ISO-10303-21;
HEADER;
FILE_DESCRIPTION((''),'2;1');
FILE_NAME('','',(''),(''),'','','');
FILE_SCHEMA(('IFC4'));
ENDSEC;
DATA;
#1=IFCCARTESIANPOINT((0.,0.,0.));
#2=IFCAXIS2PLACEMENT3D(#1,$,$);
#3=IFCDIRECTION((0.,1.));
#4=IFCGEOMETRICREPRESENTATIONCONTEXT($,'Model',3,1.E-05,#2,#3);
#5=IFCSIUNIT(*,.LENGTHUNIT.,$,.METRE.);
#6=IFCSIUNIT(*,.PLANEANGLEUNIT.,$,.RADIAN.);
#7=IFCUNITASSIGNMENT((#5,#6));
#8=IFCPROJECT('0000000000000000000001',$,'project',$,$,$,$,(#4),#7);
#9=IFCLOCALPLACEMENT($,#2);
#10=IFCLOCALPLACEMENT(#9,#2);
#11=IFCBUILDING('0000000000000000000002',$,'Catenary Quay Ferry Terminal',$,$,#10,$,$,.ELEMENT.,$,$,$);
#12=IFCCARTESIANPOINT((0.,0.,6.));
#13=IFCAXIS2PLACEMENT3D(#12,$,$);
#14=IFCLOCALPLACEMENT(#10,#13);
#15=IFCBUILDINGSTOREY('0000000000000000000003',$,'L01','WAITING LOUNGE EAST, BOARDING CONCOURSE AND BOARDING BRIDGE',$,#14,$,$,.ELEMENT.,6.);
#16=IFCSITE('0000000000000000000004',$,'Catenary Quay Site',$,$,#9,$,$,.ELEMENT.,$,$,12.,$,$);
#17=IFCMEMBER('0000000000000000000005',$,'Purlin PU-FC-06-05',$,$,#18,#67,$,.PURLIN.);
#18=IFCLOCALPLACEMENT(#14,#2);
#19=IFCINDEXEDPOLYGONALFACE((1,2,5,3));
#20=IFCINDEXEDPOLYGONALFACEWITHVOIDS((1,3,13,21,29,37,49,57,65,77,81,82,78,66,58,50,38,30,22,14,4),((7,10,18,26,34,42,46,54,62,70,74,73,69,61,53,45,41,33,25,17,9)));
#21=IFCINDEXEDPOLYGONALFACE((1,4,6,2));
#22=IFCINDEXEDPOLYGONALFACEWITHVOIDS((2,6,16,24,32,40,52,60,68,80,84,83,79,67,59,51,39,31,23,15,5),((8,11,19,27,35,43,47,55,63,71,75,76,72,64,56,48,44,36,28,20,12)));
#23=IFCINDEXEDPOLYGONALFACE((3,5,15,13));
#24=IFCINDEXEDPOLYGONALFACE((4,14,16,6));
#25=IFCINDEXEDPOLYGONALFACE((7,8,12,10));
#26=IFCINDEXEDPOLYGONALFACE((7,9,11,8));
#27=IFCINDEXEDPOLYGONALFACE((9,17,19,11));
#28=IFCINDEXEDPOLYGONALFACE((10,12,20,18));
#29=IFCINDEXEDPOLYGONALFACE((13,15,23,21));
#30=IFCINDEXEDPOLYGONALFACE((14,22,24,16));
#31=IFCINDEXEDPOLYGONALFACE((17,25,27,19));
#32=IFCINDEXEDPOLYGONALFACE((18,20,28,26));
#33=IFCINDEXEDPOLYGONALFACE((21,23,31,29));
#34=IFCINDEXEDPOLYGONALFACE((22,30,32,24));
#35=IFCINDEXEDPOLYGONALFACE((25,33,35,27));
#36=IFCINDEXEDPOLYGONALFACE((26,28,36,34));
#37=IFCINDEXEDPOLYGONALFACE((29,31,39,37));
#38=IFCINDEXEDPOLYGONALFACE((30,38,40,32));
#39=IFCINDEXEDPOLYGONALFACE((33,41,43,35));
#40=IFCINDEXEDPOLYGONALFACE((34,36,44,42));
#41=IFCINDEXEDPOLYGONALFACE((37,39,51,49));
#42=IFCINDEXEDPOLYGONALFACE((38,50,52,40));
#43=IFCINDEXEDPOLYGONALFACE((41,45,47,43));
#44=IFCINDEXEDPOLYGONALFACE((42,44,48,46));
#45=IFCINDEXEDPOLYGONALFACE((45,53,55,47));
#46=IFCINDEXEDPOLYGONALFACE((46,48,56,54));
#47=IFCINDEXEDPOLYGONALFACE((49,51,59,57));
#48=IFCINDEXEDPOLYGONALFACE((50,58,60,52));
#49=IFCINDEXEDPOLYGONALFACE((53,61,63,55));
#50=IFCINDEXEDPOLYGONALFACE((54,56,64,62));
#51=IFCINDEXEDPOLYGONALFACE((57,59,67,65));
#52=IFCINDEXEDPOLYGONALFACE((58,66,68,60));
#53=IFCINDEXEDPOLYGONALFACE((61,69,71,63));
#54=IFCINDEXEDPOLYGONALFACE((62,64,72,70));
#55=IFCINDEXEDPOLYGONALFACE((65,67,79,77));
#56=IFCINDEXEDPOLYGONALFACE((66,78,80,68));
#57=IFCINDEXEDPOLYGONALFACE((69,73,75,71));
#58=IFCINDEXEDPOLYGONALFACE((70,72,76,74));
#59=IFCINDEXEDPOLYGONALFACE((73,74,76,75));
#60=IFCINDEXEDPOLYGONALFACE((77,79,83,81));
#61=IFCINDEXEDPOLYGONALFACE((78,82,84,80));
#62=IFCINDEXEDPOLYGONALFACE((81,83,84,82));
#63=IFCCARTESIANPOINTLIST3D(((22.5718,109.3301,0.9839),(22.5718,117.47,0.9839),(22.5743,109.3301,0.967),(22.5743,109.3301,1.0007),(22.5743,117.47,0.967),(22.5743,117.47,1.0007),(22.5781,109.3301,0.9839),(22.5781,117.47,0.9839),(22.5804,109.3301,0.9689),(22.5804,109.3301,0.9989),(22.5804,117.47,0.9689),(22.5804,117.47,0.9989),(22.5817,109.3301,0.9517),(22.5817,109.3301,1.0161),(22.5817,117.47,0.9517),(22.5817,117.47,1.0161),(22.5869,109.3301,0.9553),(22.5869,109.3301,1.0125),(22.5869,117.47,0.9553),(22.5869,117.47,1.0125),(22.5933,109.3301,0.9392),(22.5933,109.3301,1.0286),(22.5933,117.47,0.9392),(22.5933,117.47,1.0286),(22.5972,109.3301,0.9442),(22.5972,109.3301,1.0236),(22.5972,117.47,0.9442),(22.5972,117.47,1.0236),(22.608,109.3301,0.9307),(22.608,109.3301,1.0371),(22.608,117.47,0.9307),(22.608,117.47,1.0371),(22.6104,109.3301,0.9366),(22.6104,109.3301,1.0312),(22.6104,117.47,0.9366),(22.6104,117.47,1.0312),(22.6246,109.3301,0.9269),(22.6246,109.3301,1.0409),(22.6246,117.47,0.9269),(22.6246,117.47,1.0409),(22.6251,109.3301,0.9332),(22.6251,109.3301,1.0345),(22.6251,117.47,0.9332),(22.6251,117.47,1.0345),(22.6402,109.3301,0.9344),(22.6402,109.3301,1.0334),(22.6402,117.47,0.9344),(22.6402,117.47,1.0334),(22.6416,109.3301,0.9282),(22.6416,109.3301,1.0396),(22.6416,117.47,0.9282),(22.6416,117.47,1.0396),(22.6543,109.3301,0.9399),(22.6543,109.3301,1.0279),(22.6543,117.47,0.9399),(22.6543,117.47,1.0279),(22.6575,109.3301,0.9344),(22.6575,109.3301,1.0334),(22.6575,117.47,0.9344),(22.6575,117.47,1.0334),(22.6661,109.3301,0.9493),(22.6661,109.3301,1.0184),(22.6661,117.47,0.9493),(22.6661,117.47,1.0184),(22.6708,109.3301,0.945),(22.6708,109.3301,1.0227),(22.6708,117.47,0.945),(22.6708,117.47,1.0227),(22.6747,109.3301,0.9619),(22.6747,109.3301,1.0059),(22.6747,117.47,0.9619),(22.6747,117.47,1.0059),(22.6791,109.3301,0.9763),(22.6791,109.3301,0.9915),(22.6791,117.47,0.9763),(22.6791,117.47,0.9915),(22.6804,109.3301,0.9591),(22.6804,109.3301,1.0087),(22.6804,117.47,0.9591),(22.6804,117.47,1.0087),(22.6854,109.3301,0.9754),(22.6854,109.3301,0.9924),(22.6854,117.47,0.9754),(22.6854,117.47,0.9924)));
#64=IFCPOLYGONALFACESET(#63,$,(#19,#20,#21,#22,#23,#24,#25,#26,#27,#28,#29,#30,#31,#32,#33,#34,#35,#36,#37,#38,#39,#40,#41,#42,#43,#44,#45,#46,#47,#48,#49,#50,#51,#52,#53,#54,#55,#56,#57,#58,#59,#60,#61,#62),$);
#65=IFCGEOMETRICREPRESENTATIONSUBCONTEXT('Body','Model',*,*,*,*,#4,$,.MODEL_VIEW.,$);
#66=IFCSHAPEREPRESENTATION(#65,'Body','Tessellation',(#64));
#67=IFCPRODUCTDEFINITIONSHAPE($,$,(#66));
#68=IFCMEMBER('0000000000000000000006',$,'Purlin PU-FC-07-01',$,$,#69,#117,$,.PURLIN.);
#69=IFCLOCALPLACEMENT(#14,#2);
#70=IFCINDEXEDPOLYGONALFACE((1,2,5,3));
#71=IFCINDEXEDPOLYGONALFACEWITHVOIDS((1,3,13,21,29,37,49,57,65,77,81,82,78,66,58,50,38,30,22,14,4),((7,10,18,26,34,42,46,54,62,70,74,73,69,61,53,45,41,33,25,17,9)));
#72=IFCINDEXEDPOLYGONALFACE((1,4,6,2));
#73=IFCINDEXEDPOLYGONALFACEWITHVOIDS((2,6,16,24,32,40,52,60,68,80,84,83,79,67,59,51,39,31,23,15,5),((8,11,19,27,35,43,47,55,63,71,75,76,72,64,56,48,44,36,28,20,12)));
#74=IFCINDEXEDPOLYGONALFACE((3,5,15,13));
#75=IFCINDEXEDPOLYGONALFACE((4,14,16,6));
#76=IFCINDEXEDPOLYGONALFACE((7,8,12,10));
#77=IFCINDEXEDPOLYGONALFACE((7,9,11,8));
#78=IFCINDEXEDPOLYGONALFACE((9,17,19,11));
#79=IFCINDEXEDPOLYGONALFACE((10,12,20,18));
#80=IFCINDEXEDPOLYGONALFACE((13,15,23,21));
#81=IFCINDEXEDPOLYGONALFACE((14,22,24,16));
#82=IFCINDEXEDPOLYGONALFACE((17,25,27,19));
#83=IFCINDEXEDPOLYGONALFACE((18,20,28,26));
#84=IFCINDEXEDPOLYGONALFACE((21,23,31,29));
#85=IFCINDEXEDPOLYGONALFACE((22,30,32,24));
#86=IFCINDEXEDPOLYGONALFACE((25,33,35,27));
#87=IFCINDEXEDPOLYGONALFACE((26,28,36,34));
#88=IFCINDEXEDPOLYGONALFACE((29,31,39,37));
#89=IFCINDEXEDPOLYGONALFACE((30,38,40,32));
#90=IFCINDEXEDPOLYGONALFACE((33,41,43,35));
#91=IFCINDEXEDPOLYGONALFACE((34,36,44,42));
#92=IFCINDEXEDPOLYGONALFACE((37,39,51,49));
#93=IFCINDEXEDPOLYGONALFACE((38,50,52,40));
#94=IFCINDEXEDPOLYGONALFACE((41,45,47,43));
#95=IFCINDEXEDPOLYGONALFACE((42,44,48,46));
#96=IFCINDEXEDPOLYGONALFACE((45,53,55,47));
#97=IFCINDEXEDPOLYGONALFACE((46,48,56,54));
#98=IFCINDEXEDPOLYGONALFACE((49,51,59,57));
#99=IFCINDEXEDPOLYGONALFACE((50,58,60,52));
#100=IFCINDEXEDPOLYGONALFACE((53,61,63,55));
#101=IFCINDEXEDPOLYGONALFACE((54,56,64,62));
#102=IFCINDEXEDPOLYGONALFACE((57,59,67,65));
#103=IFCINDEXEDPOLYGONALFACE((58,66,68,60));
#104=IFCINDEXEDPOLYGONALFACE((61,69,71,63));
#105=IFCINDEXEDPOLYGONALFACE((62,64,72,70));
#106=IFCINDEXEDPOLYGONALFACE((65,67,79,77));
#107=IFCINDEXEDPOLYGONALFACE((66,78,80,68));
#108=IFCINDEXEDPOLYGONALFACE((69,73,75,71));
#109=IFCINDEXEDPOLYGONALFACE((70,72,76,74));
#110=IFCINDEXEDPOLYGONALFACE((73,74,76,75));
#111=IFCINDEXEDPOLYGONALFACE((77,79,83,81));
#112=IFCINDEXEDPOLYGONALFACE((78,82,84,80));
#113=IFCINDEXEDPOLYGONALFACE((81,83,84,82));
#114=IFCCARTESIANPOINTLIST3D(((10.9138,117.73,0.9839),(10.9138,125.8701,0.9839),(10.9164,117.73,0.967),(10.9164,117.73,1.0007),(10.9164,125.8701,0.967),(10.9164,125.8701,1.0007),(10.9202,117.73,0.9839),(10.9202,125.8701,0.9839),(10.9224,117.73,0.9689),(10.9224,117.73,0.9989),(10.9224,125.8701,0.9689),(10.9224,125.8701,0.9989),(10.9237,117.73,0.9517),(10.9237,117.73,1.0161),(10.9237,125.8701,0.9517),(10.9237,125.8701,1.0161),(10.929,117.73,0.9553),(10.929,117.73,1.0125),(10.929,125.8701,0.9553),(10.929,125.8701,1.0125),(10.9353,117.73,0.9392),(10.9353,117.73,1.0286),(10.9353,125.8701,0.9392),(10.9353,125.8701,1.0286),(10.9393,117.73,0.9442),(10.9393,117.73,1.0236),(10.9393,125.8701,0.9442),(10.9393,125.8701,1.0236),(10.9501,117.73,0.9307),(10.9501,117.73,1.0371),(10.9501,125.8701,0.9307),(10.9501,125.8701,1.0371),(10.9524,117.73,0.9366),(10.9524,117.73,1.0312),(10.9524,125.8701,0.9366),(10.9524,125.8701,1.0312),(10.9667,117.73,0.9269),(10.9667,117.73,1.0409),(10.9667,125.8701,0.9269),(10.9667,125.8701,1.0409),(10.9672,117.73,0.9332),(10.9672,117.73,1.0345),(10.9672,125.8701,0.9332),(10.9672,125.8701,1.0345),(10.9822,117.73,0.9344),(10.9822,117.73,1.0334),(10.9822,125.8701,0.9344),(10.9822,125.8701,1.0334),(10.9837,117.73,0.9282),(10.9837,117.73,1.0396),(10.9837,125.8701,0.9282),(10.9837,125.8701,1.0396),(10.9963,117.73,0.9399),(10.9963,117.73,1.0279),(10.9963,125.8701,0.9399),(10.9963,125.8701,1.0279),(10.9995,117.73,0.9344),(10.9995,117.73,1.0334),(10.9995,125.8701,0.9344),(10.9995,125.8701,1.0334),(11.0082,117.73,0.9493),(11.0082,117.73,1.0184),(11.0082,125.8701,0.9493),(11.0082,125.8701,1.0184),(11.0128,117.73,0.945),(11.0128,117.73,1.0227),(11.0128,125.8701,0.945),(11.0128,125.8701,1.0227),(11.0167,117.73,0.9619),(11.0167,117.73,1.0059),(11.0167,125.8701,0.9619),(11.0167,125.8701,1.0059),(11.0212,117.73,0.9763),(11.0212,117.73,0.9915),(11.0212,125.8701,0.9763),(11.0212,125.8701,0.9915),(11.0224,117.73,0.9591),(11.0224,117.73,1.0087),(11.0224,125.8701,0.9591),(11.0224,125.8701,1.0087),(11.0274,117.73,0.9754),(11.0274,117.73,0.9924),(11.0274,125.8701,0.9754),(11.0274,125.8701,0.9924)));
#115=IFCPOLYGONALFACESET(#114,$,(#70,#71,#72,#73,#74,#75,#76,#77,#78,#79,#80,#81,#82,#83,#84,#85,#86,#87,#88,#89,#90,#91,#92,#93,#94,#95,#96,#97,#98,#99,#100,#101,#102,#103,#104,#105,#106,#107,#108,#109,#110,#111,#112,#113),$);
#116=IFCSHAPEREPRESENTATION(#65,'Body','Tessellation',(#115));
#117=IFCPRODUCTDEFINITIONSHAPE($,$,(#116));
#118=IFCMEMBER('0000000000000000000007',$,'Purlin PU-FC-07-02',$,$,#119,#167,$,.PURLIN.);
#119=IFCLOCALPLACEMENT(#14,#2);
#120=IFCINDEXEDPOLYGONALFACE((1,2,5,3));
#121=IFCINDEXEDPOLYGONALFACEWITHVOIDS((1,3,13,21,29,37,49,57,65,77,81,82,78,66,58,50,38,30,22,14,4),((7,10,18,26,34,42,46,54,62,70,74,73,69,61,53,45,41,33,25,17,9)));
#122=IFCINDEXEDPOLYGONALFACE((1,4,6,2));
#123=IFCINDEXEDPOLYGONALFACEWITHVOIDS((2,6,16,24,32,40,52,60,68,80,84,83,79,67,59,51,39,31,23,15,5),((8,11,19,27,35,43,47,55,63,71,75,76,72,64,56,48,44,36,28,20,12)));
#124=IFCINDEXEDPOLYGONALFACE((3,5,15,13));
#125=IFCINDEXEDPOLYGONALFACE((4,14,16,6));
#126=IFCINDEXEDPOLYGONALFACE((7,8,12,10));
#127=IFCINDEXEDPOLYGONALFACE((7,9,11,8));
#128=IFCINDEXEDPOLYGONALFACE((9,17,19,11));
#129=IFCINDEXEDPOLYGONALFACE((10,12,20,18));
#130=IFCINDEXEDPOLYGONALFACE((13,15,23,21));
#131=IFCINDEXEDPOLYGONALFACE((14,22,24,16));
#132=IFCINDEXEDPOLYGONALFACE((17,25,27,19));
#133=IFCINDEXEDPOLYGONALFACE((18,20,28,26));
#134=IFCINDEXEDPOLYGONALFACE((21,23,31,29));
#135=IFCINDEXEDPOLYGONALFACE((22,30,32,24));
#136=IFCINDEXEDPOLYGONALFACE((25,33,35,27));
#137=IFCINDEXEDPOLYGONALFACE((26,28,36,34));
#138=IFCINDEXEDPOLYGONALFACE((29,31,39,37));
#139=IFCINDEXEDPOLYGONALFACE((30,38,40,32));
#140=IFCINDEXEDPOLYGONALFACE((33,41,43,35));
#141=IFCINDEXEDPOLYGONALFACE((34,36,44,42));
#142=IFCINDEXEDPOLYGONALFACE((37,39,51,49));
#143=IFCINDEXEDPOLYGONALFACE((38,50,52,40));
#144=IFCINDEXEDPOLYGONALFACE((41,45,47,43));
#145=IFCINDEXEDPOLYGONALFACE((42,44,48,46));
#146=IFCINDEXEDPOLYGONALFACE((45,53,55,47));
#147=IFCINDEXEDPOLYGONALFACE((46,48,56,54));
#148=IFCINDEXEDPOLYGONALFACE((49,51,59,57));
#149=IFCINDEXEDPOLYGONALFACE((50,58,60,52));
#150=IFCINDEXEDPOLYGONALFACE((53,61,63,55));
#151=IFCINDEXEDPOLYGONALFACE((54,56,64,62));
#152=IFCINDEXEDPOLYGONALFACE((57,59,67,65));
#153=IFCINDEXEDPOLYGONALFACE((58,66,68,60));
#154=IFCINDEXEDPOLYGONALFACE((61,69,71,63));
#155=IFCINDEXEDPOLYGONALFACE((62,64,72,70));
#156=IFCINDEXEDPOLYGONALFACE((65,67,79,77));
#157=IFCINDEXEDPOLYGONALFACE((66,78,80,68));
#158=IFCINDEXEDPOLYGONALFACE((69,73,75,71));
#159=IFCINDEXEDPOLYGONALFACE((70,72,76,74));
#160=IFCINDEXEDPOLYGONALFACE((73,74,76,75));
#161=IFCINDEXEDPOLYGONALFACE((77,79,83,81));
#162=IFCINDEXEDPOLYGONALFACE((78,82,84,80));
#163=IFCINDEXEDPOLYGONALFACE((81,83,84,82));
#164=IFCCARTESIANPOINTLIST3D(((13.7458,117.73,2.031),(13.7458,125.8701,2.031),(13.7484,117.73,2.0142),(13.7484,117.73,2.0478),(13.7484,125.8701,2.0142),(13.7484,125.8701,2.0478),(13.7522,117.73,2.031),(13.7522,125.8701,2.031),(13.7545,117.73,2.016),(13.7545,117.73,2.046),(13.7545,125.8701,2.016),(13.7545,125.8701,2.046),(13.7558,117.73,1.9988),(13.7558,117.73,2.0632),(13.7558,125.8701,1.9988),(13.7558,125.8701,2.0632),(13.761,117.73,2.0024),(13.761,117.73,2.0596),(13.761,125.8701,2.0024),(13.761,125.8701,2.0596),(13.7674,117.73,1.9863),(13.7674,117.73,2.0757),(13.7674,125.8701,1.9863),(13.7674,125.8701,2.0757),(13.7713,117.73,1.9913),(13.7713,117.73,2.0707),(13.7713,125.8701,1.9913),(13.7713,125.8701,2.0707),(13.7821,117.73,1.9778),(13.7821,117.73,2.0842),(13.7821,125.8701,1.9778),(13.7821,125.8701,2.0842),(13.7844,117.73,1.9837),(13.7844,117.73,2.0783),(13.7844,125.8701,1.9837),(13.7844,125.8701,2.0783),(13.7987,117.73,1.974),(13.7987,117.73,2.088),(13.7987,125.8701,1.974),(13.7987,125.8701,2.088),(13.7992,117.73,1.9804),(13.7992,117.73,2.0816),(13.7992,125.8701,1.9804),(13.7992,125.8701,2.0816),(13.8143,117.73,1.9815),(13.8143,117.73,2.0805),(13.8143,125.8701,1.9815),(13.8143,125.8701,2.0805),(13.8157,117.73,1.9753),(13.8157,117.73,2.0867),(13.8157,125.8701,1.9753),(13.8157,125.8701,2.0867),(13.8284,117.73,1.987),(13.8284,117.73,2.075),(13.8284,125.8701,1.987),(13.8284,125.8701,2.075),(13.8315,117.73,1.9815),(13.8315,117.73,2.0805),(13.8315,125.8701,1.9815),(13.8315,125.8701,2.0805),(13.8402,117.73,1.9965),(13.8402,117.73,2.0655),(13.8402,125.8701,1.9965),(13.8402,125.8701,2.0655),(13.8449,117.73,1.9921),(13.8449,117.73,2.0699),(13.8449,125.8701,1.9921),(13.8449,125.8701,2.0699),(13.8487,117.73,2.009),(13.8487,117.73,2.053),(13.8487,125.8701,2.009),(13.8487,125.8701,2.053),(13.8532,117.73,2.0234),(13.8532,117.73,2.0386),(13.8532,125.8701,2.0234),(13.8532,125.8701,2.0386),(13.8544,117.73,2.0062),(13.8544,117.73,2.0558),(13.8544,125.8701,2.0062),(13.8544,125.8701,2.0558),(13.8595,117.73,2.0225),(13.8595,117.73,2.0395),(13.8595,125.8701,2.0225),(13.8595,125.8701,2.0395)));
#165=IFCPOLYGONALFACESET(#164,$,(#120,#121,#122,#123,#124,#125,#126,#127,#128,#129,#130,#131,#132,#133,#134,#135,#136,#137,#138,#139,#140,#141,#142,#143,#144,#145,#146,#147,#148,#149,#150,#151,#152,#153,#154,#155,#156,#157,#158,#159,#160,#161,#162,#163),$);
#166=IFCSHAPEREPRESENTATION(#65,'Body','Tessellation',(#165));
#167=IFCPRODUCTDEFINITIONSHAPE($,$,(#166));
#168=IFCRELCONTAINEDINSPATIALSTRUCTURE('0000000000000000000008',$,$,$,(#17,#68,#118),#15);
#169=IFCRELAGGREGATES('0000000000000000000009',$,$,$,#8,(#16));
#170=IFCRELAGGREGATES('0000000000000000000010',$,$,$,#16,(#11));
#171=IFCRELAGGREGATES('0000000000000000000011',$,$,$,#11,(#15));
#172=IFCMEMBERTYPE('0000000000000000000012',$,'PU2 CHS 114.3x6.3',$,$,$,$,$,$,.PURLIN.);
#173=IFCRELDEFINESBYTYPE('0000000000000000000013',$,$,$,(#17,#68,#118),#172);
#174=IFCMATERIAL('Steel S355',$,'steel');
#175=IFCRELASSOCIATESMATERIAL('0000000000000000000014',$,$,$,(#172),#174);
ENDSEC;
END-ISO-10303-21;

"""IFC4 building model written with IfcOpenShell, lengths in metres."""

from ifc_helpers import new_model, si_unit, direction, frame, origin, origin_2d, place, context, subcontext, project, spatial, hollow_circle, extrude, material, material_profile, profile_set, type_object, element, save


model = new_model("IFC4")

# Units and contexts
model_context = context("Model", 3, precision=1e-05, world=origin(), true_north=direction((0.0, 1.0)))
body_context = subcontext(model_context, "Body", "Model", "MODEL_VIEW")
ifc_project = project(units=[si_unit("LENGTHUNIT", "METRE"), si_unit("PLANEANGLEUNIT", "RADIAN")], contexts=[model_context])

# Site, building, storey
site_placement = place(None, origin())
site = spatial("IfcSite", under=ifc_project, at=site_placement, Name="Catenary Quay Site", CompositionType="ELEMENT", RefElevation=12.0)
building_placement = place(site_placement, origin())
building = spatial("IfcBuilding", under=site, at=building_placement, Name="Catenary Quay Ferry Terminal", CompositionType="ELEMENT")
storey_placement = place(building_placement, frame((0.0, 0.0, 6.0)))
storey = spatial("IfcBuildingStorey", under=building, at=storey_placement, Name="L01", Description="WAITING LOUNGE EAST, BOARDING CONCOURSE AND BOARDING BRIDGE", CompositionType="ELEMENT", Elevation=6.0)

# Members
ifc_material_1 = material(Name="Steel S355", Category="steel")
ifc_material_profile_1 = material_profile(ifc_material_1, hollow_circle(Radius=0.0571, WallThickness=0.0063, at=origin_2d()), Name="CHS 114.3x6.3")
ifc_profile_set_1 = profile_set([ifc_material_profile_1], Name="Steel S355")
member_type_1 = type_object("IfcMemberType", Name="PU2 CHS 114.3x6.3", PredefinedType="PURLIN", material=ifc_profile_set_1)
for number, where, z_axis, x_axis, name in (
    (1, (22.6289, 109.3301, 0.9839), (0.0, 1.0, 0.0), (-1.0, 0.0, 0.0), "Purlin PU-FC-06-05"),
):
    element("IfcMember", number, at=place(storey_placement, frame(where, z_axis=z_axis, x_axis=x_axis)), inside=storey, type_object=member_type_1, Name=name, PredefinedType="PURLIN", context=body_context, shape_type="SweptSolid", body=[
        extrude(hollow_circle(Radius=0.0571, WallThickness=0.0063, at=origin_2d()), origin(), (0.0, 0.0, 1.0), 8.1399),
    ])
for number, where, z_axis, x_axis, name in (
    (2, (10.9709, 117.73, 0.9839), (0.0, 1.0, 0.0), (-1.0, 0.0, 0.0), "Purlin PU-FC-07-01"),
    (3, (13.803, 117.73, 2.031), (0.0, 1.0, 0.0), (-1.0, 0.0, 0.0), "Purlin PU-FC-07-02"),
):
    element("IfcMember", number, at=place(storey_placement, frame(where, z_axis=z_axis, x_axis=x_axis)), inside=storey, type_object=member_type_1, Name=name, PredefinedType="PURLIN", context=body_context, shape_type="SweptSolid", body=[
        extrude(hollow_circle(Radius=0.0571, WallThickness=0.0063, at=origin_2d()), origin(), (0.0, 0.0, 1.0), 8.1401),
    ])

save(model, "model.ifc")
